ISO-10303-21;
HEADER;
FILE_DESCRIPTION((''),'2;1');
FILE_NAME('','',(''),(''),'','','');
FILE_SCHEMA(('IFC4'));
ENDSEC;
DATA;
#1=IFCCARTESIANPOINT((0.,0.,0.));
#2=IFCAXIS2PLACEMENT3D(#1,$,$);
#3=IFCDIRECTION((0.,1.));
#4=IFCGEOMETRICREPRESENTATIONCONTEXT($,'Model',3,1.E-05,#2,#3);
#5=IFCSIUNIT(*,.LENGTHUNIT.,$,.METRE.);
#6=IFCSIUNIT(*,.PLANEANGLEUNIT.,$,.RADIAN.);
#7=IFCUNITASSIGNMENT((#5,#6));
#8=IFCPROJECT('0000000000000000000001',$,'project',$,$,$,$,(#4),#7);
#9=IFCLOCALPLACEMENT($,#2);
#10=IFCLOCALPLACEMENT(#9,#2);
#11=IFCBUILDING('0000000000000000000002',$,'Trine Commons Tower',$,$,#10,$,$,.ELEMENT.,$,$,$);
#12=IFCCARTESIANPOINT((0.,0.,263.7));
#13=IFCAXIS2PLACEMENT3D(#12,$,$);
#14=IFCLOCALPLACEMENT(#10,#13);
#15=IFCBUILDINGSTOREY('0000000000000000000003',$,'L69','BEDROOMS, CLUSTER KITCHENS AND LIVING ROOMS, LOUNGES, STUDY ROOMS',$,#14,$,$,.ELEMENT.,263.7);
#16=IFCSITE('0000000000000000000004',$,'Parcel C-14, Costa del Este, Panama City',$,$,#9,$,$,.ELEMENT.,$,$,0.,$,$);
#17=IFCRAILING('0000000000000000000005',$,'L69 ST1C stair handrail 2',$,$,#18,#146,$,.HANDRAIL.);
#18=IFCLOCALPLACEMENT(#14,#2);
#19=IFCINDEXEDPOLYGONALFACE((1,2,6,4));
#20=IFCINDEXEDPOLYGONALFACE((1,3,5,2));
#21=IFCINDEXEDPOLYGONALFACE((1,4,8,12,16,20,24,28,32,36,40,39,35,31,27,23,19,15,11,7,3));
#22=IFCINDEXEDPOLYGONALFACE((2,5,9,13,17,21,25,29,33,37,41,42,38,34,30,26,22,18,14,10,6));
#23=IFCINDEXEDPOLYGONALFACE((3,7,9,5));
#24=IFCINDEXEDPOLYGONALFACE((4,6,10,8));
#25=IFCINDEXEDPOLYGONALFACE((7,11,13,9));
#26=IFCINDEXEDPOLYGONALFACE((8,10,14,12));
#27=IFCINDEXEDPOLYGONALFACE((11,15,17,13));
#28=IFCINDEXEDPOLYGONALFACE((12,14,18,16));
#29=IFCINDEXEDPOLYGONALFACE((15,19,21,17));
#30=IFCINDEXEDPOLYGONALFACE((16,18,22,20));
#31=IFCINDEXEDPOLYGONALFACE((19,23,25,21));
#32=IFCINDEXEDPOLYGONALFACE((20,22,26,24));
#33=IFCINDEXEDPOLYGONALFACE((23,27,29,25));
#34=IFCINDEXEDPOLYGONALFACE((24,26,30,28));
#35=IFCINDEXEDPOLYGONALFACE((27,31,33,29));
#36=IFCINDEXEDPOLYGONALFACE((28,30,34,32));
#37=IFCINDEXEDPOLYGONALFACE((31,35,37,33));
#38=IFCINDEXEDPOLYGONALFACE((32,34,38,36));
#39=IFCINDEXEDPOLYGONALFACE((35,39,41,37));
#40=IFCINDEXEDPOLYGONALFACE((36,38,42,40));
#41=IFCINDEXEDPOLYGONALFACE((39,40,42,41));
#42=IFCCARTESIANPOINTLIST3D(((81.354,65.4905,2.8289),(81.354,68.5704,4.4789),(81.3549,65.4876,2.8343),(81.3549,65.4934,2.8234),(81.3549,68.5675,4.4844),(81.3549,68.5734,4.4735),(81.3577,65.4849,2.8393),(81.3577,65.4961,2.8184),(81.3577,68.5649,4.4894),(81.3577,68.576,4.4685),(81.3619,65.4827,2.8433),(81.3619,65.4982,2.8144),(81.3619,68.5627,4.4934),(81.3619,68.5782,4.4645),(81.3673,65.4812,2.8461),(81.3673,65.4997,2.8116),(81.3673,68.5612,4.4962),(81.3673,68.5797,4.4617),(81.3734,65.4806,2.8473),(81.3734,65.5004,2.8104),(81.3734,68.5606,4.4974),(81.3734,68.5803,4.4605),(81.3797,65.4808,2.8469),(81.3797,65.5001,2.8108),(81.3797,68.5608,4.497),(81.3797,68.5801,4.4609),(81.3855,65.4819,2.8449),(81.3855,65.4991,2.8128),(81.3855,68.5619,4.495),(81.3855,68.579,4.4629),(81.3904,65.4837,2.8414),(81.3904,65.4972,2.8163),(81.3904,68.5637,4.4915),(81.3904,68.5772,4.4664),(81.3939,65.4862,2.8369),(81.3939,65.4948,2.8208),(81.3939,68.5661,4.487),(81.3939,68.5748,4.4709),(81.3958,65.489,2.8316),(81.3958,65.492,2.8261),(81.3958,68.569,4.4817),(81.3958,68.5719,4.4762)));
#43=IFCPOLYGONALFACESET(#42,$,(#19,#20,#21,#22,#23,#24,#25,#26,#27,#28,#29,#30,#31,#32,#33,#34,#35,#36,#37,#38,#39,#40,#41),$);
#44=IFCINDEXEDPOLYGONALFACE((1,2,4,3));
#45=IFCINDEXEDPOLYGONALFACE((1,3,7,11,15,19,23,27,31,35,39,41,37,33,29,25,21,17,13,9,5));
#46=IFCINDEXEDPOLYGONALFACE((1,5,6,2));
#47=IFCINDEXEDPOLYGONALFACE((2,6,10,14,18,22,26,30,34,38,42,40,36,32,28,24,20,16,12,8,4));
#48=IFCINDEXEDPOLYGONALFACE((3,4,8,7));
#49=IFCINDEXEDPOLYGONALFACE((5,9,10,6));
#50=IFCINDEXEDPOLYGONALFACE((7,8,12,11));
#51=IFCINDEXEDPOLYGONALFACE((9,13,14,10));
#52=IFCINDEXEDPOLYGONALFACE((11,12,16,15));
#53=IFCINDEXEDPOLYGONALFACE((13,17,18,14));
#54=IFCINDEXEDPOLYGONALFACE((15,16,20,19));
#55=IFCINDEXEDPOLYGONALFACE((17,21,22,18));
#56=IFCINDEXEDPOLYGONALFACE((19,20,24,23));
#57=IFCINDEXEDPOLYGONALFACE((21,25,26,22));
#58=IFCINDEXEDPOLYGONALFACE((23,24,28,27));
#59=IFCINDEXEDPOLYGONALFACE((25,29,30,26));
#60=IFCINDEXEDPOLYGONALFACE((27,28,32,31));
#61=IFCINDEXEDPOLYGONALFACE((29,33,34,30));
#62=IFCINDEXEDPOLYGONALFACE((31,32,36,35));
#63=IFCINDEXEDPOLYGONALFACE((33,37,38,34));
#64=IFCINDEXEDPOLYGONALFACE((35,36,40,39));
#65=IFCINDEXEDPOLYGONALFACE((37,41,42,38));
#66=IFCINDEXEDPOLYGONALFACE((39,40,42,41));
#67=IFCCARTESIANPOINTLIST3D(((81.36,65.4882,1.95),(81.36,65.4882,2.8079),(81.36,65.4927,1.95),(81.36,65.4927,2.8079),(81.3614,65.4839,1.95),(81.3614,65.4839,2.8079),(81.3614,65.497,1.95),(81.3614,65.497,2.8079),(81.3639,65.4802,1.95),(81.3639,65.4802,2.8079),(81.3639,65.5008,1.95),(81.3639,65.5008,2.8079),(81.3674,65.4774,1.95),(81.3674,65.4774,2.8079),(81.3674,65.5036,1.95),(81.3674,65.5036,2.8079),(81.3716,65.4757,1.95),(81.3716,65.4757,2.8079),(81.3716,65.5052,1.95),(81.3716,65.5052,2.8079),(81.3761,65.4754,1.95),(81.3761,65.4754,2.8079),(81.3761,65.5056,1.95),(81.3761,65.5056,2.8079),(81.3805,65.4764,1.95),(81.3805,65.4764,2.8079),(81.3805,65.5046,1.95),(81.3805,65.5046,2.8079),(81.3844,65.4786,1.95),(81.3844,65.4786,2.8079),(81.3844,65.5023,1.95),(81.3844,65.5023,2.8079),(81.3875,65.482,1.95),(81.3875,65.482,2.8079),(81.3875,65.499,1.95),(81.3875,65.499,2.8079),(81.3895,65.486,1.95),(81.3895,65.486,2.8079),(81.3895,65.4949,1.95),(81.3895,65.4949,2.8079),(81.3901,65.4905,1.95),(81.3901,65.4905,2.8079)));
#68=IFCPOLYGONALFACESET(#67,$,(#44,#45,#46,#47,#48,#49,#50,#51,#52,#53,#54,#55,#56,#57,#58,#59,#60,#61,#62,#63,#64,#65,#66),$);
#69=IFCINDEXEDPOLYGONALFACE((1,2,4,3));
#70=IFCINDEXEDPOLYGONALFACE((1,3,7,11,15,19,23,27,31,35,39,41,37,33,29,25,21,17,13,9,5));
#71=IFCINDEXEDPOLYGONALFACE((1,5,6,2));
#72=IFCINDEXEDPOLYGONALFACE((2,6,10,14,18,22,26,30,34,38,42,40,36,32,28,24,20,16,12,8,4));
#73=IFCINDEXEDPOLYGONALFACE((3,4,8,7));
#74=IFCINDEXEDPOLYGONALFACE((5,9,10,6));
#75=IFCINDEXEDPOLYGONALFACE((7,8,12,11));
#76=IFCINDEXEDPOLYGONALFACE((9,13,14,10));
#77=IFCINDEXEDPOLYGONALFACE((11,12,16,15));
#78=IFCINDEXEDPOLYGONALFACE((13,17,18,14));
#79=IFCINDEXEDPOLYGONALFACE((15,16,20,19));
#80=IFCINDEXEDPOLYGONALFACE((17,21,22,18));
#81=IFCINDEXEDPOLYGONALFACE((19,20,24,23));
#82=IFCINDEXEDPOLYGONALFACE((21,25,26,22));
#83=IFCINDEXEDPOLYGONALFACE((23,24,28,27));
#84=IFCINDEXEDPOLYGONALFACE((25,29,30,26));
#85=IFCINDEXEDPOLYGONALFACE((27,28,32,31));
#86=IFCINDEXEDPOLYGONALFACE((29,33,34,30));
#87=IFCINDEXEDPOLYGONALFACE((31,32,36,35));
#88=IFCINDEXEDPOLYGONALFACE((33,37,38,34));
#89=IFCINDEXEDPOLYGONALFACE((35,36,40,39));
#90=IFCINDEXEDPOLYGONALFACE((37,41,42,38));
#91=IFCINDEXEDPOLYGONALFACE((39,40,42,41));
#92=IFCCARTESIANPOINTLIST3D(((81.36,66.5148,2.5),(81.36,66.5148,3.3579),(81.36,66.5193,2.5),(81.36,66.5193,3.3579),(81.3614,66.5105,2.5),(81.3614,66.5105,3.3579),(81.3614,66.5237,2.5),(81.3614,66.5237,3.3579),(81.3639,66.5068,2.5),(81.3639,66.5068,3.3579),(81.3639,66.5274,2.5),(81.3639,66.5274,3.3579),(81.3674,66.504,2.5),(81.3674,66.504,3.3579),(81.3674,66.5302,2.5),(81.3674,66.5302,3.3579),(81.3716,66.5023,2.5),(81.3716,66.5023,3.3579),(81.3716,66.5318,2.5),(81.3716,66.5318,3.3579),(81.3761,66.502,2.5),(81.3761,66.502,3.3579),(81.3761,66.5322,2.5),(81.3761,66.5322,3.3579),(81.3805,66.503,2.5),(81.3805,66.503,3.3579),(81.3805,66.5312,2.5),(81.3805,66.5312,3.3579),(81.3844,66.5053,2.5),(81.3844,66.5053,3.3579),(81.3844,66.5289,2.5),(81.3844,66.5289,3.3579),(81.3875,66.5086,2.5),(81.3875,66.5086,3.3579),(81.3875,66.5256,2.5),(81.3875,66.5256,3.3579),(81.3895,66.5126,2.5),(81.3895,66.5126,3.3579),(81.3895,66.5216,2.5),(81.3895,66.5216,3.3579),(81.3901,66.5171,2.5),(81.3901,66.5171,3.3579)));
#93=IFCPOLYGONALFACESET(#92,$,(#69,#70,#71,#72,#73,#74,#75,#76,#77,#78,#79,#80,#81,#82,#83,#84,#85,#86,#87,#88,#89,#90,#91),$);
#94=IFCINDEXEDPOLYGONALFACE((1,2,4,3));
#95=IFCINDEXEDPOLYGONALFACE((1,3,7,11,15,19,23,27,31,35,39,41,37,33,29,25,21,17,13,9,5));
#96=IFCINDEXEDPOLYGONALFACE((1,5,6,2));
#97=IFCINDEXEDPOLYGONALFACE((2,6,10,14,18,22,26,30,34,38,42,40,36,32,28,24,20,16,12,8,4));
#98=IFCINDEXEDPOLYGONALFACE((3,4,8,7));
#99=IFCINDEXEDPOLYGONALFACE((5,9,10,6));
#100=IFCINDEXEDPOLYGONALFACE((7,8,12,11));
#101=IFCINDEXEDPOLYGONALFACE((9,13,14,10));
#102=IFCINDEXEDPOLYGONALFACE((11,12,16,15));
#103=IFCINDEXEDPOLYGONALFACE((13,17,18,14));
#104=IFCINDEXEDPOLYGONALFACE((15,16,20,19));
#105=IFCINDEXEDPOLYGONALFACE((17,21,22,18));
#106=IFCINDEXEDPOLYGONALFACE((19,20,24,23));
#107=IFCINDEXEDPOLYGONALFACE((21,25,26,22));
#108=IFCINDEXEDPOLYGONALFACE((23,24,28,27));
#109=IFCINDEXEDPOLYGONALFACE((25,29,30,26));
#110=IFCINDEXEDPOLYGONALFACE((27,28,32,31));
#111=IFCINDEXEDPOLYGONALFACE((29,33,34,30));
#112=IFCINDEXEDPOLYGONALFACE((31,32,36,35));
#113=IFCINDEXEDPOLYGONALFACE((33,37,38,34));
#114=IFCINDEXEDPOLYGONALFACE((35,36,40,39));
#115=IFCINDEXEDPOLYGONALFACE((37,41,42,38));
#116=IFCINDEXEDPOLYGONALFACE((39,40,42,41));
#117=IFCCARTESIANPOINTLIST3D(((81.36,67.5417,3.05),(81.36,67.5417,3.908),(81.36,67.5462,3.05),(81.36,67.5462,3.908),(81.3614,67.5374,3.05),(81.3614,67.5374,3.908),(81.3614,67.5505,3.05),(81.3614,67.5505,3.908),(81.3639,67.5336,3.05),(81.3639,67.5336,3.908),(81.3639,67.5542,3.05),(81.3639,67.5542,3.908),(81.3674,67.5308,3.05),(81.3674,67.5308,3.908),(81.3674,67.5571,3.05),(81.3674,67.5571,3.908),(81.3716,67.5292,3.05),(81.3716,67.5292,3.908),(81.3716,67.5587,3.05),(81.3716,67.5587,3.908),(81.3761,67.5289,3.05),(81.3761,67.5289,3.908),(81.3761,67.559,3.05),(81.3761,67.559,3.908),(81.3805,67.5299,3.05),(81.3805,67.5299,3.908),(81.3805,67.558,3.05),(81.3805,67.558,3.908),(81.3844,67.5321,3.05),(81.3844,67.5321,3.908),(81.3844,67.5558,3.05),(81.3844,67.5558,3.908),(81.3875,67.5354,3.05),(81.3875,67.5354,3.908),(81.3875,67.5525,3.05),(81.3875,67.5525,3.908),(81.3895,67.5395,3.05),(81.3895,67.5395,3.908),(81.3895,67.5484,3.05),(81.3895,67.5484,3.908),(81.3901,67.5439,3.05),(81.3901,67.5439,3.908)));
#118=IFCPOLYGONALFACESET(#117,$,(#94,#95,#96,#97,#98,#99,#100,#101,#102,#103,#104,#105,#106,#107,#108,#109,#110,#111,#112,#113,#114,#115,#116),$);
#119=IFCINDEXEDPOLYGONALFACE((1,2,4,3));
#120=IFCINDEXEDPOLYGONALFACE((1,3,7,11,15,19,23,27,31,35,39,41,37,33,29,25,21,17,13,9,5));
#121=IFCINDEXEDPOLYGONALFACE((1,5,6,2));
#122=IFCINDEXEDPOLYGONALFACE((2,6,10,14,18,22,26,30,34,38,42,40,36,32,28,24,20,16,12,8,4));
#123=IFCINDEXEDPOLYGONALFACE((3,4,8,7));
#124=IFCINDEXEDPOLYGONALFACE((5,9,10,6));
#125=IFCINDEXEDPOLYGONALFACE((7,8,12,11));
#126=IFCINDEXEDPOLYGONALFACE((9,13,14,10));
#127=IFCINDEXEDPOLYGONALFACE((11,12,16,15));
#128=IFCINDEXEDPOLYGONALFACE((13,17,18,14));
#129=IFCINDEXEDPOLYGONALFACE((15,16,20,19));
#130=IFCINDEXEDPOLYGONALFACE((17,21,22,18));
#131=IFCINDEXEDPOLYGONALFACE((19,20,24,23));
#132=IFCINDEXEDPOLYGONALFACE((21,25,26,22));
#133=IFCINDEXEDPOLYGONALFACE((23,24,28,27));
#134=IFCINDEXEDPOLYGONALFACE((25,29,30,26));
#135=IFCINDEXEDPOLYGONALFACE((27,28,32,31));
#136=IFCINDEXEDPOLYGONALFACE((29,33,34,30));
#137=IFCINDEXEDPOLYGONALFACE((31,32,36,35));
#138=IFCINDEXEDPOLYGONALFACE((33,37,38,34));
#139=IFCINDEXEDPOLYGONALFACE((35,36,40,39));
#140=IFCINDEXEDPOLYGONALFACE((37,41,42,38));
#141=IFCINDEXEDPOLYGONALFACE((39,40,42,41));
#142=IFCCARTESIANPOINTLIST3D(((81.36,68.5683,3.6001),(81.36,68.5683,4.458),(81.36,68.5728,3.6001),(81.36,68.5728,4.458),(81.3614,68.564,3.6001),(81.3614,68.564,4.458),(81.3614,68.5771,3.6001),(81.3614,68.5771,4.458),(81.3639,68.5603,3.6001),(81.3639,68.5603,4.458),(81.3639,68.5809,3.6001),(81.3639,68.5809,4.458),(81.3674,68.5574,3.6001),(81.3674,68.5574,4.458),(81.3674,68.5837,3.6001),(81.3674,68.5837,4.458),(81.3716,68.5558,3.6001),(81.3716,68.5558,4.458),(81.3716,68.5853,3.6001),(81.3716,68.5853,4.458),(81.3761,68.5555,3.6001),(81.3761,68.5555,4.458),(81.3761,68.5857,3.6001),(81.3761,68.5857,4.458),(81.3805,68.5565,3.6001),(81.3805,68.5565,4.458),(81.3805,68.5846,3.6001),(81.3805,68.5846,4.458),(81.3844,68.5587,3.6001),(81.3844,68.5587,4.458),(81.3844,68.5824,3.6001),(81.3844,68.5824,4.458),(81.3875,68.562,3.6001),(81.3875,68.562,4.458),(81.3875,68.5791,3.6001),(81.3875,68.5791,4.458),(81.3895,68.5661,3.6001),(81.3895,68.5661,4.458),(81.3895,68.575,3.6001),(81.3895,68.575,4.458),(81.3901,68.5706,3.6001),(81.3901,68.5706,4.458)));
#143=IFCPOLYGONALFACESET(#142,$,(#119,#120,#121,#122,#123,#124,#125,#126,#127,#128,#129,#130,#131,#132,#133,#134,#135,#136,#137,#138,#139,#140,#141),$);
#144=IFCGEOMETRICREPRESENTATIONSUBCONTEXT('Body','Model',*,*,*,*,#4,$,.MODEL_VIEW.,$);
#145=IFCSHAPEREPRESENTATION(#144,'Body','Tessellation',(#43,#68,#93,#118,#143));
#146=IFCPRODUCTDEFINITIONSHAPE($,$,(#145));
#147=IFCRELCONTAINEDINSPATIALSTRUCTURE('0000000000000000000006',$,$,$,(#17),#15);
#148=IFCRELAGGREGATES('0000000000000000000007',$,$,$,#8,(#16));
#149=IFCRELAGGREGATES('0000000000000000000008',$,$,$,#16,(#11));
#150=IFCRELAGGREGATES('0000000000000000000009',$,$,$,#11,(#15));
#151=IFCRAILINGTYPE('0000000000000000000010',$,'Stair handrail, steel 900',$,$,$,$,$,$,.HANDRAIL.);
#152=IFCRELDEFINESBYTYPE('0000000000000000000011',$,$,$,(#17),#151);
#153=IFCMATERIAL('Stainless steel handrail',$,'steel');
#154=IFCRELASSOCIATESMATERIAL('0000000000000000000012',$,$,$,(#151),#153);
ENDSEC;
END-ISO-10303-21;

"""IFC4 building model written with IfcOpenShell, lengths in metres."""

from ifc_helpers import new_model, si_unit, direction, frame, origin, origin_2d, place, context, subcontext, project, spatial, circle, extrude, material, type_object, element, save


model = new_model("IFC4")

# Units and contexts
model_context = context("Model", 3, precision=1e-05, world=origin(), true_north=direction((0.0, 1.0)))
body_context = subcontext(model_context, "Body", "Model", "MODEL_VIEW")
ifc_project = project(units=[si_unit("LENGTHUNIT", "METRE"), si_unit("PLANEANGLEUNIT", "RADIAN")], contexts=[model_context])

# Site, building, storey
site_placement = place(None, origin())
site = spatial("IfcSite", under=ifc_project, at=site_placement, Name="Parcel C-14, Costa del Este, Panama City", CompositionType="ELEMENT", RefElevation=0.0)
building_placement = place(site_placement, origin())
building = spatial("IfcBuilding", under=site, at=building_placement, Name="Trine Commons Tower", CompositionType="ELEMENT")
storey_placement = place(building_placement, frame((0.0, 0.0, 263.7)))
storey = spatial("IfcBuildingStorey", under=building, at=storey_placement, Name="L69", Description="BEDROOMS, CLUSTER KITCHENS AND LIVING ROOMS, LOUNGES, STUDY ROOMS", CompositionType="ELEMENT", Elevation=263.7)

# Railing
ifc_material_1 = material(Name="Stainless steel handrail", Category="steel")
railing_type_1 = type_object("IfcRailingType", Name="Stair handrail, steel 900", PredefinedType="HANDRAIL", material=ifc_material_1)
railing_1_placement = place(storey_placement, frame((81.375, 65.4905, 1.95)))
element("IfcRailing", 1, at=railing_1_placement, inside=storey, type_object=railing_type_1, Name="L69 ST1C stair handrail 2", PredefinedType="HANDRAIL", context=body_context, shape_type="SweptSolid", body=[
    extrude(circle(Radius=0.021, at=origin_2d()), frame((0.0, 0.0, 0.8789), z_axis=(0.0, 0.881468, 0.472245), x_axis=(-1.0, 0.0, 0.0)), (0.0, 0.0, 1.0), 3.4941),
    extrude(circle(Radius=0.0151, at=origin_2d()), origin(), (0.0, 0.0, 1.0), 0.8579),
    extrude(circle(Radius=0.0151, at=origin_2d()), frame((0.0, 1.0266, 0.55)), (0.0, 0.0, 1.0), 0.8579),
    extrude(circle(Radius=0.0151, at=origin_2d()), frame((0.0, 2.0535, 1.1001)), (0.0, 0.0, 1.0), 0.8579),
    extrude(circle(Radius=0.0151, at=origin_2d()), frame((0.0, 3.0801, 1.6501)), (0.0, 0.0, 1.0), 0.8579),
])

save(model, "model.ifc")
